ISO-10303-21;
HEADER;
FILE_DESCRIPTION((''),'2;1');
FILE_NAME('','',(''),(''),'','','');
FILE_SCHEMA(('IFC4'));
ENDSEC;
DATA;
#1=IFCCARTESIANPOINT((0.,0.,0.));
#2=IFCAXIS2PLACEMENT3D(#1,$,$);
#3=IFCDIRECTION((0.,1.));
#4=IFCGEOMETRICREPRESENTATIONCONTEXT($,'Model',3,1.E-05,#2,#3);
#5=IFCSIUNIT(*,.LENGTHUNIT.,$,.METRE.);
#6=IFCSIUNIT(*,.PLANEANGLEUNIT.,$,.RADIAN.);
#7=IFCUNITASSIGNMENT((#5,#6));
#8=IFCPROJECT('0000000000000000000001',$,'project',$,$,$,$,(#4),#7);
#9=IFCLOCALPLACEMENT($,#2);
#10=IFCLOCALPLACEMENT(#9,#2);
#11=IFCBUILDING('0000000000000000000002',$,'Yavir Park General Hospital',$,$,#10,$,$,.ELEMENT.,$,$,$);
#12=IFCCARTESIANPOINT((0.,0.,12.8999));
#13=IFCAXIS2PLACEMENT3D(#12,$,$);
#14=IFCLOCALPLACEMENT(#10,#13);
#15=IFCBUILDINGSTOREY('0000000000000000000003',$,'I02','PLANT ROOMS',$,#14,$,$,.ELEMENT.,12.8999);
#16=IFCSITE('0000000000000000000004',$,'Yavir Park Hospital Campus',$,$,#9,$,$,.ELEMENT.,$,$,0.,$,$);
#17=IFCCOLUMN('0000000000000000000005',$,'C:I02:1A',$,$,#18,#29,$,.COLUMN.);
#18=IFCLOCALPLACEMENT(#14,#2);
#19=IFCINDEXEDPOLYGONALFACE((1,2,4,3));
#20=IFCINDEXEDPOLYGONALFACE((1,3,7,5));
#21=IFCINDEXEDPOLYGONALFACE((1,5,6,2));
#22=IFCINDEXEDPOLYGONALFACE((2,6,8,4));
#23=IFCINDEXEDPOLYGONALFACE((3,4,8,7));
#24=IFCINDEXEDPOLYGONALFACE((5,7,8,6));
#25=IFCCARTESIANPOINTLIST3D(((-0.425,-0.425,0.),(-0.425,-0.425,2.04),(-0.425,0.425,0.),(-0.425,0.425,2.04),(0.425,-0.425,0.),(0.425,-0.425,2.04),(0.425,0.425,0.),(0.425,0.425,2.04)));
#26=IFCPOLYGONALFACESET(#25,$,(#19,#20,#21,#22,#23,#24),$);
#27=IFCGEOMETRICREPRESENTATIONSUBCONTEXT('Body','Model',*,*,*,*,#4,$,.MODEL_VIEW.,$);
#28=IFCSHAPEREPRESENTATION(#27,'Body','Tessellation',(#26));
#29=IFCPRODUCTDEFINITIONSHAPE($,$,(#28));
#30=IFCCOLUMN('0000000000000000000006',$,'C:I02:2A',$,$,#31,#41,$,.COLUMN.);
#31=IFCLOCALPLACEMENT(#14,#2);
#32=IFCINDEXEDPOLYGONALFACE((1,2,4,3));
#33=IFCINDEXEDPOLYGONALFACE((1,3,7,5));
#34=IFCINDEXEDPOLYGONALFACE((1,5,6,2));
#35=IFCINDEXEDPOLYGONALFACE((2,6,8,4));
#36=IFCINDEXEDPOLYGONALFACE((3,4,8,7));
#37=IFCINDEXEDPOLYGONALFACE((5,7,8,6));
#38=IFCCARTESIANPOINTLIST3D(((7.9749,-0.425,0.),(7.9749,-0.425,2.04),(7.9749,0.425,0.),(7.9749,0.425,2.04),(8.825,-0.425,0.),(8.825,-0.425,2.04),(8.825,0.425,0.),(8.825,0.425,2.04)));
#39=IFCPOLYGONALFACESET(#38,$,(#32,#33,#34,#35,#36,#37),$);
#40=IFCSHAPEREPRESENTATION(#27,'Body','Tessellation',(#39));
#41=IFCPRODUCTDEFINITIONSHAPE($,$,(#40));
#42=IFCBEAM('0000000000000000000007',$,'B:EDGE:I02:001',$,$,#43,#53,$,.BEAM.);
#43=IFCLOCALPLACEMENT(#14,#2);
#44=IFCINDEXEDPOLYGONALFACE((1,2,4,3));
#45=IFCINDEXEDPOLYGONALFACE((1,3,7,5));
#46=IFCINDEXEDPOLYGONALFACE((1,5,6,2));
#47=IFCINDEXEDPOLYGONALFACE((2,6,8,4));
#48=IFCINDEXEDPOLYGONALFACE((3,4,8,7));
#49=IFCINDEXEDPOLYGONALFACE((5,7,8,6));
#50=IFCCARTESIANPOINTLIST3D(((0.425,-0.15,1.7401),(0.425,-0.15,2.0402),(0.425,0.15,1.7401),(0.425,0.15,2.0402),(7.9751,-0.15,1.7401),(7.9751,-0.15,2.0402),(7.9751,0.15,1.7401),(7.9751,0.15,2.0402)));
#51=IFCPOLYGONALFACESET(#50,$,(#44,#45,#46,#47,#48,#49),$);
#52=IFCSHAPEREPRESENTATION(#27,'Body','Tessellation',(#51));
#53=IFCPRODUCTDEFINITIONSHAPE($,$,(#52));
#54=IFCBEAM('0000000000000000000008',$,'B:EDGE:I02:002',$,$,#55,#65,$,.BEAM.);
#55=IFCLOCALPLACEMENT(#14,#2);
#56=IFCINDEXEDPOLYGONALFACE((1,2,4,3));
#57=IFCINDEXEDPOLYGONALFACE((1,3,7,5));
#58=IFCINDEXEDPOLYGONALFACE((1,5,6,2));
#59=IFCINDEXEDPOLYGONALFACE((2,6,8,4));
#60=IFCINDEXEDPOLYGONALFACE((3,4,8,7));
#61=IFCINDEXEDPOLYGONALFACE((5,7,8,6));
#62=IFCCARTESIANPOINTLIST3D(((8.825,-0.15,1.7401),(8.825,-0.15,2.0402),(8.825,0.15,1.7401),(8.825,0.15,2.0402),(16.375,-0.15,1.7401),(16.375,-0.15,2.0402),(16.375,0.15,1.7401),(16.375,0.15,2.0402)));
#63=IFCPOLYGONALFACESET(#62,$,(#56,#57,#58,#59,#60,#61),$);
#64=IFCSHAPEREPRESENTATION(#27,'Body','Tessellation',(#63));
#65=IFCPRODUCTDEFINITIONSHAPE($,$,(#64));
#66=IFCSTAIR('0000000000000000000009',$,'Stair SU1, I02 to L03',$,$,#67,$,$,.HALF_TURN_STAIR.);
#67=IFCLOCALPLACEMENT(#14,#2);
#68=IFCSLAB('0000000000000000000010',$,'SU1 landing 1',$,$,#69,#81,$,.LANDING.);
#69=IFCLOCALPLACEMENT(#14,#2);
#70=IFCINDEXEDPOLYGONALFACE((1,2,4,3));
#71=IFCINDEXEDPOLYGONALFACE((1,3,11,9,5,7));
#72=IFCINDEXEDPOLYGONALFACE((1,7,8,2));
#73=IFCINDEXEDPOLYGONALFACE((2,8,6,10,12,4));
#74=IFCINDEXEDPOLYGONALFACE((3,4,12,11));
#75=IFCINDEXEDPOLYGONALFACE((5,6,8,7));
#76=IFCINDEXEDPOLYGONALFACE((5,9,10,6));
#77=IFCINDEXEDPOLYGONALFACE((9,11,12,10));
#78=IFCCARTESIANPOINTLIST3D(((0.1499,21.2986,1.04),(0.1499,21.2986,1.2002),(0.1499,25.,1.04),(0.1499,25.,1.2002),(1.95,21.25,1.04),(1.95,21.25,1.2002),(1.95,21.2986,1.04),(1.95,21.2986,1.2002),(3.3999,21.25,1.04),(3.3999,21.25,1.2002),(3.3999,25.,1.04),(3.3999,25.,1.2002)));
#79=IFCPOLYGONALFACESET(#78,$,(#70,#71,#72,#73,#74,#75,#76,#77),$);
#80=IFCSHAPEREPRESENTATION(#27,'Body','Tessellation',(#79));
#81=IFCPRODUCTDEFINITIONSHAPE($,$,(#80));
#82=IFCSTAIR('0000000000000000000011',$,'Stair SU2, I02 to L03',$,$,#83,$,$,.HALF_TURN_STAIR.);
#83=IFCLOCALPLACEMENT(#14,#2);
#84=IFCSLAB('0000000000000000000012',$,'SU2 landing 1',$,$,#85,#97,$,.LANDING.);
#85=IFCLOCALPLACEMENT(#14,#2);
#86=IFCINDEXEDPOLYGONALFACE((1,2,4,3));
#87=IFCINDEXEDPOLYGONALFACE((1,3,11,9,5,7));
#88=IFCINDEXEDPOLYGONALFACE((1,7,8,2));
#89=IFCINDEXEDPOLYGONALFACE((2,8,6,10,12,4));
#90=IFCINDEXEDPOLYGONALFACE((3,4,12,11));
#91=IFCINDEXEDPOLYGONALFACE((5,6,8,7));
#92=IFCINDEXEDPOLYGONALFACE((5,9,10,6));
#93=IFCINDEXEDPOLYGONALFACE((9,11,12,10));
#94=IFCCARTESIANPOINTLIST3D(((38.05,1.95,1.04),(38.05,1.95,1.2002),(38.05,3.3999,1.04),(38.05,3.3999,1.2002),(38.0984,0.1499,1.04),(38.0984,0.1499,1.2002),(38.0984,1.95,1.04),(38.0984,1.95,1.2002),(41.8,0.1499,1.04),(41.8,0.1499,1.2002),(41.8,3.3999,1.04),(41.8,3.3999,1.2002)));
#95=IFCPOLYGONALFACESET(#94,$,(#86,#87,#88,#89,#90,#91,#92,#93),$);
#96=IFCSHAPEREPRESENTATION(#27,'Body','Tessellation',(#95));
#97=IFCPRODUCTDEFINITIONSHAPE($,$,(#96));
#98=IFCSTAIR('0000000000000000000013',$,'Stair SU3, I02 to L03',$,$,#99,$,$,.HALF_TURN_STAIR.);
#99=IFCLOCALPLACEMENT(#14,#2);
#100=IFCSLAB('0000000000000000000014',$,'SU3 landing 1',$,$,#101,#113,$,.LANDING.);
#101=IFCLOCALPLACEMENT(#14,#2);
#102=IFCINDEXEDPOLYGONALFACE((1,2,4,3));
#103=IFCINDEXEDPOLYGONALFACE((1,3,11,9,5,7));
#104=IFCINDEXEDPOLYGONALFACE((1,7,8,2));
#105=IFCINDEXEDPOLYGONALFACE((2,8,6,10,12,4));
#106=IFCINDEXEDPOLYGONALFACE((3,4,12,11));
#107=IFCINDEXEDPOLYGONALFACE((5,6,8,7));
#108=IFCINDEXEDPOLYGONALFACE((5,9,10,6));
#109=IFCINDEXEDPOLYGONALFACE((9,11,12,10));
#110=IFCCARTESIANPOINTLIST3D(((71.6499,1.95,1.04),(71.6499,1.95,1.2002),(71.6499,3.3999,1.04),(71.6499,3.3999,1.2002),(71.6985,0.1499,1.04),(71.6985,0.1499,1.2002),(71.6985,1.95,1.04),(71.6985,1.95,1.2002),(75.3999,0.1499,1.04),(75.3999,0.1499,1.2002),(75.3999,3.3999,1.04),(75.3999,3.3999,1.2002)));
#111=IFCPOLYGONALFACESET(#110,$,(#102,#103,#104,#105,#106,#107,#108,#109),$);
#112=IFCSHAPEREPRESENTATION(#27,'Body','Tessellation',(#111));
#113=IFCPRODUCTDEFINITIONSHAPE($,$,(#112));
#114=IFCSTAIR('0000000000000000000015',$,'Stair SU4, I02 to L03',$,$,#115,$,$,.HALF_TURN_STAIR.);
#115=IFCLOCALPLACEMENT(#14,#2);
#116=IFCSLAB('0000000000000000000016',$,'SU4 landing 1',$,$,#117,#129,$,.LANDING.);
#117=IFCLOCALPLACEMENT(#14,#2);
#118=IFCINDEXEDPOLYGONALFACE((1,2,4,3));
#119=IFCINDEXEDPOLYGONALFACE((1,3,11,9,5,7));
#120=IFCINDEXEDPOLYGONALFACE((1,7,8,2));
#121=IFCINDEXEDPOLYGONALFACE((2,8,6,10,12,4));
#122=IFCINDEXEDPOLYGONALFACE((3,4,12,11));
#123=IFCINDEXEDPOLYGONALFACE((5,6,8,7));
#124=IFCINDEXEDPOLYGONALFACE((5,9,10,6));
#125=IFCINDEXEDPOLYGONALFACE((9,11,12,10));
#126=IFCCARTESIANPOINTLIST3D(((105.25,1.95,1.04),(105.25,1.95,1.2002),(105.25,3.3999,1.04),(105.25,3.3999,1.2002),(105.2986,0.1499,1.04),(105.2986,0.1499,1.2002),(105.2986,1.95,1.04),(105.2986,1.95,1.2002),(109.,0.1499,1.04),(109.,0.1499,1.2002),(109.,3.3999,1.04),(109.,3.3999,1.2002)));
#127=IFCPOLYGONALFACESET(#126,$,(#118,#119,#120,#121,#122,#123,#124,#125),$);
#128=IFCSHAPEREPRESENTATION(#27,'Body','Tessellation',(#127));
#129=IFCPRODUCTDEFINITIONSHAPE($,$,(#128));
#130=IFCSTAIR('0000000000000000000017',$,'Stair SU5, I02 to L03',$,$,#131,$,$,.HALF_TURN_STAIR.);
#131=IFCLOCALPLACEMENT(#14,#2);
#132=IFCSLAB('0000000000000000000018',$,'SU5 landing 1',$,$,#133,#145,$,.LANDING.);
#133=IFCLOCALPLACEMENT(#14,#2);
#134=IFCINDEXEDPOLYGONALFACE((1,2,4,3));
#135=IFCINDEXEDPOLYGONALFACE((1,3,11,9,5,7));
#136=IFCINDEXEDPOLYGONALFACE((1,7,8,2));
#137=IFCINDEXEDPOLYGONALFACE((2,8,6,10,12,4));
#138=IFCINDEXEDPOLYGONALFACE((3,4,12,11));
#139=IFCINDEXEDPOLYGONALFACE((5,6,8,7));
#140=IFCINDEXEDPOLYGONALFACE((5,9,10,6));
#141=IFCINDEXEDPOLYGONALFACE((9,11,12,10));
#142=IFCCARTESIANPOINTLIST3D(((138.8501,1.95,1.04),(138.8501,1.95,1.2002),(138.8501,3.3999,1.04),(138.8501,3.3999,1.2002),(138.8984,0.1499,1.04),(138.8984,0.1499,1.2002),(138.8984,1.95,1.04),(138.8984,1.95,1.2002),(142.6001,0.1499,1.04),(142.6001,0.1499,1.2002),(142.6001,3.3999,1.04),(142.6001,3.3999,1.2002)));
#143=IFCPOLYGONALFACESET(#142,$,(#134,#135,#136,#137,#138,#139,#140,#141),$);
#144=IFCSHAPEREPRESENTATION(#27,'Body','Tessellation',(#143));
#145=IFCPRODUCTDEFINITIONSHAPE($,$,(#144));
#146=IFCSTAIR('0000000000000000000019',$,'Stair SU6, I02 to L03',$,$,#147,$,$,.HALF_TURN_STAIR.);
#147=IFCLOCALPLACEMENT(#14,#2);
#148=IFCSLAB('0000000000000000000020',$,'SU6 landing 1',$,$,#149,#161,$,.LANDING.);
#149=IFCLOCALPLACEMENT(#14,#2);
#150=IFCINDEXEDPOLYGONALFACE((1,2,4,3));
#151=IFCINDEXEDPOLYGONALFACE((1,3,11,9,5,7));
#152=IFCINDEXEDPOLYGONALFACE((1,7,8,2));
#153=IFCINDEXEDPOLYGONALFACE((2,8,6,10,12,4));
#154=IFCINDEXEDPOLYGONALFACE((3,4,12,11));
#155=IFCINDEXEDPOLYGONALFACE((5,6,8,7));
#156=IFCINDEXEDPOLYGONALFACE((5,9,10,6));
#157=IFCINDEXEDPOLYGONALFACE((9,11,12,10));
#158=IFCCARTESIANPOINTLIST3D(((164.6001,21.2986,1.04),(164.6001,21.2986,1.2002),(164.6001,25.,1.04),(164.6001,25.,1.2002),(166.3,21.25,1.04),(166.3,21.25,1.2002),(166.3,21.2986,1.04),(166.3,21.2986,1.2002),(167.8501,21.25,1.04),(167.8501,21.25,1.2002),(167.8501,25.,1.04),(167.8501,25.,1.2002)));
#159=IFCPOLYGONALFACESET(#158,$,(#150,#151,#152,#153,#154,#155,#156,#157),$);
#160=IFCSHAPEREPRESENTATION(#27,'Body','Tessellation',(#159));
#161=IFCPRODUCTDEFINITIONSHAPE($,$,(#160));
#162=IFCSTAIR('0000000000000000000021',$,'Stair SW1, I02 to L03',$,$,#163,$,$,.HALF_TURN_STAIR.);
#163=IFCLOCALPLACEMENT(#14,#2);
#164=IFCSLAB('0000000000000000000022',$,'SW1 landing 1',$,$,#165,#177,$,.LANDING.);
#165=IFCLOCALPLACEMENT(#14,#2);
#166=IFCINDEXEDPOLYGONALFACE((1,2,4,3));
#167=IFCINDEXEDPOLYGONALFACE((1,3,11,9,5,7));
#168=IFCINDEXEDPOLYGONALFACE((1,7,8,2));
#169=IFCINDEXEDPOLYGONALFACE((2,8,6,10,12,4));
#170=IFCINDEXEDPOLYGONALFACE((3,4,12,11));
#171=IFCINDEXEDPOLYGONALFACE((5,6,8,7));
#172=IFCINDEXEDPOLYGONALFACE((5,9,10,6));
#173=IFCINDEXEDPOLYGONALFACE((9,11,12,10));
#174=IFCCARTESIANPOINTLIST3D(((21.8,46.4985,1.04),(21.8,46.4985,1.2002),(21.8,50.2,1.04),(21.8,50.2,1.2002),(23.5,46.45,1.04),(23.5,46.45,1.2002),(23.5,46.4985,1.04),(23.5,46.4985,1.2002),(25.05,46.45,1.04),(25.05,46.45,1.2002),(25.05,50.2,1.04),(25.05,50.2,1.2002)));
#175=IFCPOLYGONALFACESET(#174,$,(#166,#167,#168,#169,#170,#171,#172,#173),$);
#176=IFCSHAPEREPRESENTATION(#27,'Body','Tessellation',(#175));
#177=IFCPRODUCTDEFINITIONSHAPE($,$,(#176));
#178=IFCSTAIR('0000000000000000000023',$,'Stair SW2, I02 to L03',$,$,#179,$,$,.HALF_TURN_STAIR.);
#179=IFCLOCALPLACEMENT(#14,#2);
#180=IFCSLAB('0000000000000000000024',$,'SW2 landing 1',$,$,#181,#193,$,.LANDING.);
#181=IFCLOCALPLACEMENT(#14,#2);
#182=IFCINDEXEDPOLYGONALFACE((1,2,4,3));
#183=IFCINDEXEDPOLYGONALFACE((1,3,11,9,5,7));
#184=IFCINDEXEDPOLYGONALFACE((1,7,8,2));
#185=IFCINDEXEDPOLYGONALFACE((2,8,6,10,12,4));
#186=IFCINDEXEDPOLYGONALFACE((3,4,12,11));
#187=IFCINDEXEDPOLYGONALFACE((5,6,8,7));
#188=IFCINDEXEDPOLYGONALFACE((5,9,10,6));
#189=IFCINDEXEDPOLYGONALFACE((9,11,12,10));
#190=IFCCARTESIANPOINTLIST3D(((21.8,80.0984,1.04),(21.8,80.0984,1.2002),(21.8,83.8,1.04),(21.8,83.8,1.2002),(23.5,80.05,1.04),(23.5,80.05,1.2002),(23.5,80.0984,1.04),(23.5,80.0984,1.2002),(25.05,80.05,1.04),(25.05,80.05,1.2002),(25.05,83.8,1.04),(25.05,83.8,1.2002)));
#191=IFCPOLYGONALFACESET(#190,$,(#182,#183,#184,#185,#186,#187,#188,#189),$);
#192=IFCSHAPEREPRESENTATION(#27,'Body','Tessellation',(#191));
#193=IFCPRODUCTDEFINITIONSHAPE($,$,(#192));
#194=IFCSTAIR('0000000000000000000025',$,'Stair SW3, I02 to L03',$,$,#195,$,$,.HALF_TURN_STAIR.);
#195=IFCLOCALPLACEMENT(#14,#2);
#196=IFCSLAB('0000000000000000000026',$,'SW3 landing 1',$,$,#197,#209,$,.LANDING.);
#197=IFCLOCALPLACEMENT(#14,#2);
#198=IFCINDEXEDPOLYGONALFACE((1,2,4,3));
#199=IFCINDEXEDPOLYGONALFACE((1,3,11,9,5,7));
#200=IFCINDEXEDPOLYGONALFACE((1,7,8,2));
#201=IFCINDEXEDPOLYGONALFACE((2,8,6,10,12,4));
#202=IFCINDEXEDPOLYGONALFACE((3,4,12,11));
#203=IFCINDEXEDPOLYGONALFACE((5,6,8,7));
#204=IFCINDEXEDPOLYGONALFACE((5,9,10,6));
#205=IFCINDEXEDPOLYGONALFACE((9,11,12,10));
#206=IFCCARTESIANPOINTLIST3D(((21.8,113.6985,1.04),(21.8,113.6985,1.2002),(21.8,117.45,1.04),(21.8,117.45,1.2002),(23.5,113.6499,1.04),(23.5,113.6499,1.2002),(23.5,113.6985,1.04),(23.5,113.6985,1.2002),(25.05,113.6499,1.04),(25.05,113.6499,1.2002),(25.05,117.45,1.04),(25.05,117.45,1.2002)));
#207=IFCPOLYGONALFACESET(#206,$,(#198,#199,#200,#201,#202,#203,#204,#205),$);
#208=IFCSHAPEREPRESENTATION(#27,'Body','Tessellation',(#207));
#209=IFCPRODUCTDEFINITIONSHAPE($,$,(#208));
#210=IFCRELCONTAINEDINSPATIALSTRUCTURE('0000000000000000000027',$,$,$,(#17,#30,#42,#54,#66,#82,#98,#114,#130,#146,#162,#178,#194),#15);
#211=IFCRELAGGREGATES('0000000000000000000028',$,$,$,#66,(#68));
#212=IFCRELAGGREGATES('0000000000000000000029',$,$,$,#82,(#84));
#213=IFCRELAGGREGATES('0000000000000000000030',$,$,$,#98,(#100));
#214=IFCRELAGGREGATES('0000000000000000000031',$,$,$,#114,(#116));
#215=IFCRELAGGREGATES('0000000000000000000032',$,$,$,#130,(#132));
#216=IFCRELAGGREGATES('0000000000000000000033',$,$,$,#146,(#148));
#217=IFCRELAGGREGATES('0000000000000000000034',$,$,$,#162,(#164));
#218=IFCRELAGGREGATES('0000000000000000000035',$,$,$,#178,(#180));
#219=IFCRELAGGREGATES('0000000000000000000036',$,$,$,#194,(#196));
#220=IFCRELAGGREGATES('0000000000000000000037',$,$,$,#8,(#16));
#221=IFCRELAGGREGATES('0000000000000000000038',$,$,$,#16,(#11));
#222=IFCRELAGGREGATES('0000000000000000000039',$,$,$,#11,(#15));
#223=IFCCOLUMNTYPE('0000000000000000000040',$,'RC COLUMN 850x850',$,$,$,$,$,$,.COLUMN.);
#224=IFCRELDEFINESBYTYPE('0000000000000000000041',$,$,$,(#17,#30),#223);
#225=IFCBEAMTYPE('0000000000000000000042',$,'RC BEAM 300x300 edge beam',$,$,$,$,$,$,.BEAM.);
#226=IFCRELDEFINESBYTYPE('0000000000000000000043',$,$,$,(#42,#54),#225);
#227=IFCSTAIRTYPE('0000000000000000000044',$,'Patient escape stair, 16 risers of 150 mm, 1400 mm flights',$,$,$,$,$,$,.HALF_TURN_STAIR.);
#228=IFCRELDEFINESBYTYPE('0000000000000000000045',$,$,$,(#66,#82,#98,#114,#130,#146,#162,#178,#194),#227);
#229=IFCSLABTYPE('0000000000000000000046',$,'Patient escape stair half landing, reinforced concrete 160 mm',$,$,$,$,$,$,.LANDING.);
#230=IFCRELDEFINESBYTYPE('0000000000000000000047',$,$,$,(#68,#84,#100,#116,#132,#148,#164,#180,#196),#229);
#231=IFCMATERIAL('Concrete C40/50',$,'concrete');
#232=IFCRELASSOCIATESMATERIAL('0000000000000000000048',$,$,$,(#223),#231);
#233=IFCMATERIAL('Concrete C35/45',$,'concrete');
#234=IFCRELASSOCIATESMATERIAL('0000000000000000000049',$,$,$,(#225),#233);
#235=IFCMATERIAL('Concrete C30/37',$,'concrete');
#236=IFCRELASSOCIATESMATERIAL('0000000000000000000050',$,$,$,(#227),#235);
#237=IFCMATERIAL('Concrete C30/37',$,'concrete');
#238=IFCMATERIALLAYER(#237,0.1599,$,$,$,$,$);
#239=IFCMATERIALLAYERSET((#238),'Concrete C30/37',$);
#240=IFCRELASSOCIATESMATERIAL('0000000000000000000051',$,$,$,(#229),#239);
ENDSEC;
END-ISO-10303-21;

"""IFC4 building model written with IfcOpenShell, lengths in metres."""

from ifc_helpers import new_model, si_unit, direction, frame, origin, origin_2d, place, context, subcontext, project, spatial, polyline, rectangle, outline, extrude, material, layer, layer_set, material_profile, profile_set, type_object, element, aggregate, save


model = new_model("IFC4")

# Units and contexts
model_context = context("Model", 3, precision=1e-05, world=origin(), true_north=direction((0.0, 1.0)))
body_context = subcontext(model_context, "Body", "Model", "MODEL_VIEW")
ifc_project = project(units=[si_unit("LENGTHUNIT", "METRE"), si_unit("PLANEANGLEUNIT", "RADIAN")], contexts=[model_context])

# Site, building, storey
site_placement = place(None, origin())
site = spatial("IfcSite", under=ifc_project, at=site_placement, Name="Yavir Park Hospital Campus", CompositionType="ELEMENT", RefElevation=0.0)
building_placement = place(site_placement, origin())
building = spatial("IfcBuilding", under=site, at=building_placement, Name="Yavir Park General Hospital", CompositionType="ELEMENT")
storey_placement = place(building_placement, frame((0.0, 0.0, 12.8999)))
storey = spatial("IfcBuildingStorey", under=building, at=storey_placement, Name="I02", Description="PLANT ROOMS", CompositionType="ELEMENT", Elevation=12.8999)

# Columns
ifc_material_1 = material(Name="Concrete C40/50", Category="concrete")
ifc_material_profile_1 = material_profile(ifc_material_1, rectangle(XDim=0.8501, YDim=0.8501, at=origin_2d()), Name="RC850x850")
ifc_profile_set_1 = profile_set([ifc_material_profile_1], Name="Concrete C40/50")
column_type = type_object("IfcColumnType", Name="RC COLUMN 850x850", PredefinedType="COLUMN", material=ifc_profile_set_1)
for number, where, z_axis, x_axis, name in (
    (1, (0.0, 0.0, 0.0), (0.0, 0.0, 1.0), (1.0, 0.0, 0.0), "C:I02:1A"),
    (2, (8.3999, 0.0, 0.0), (0.0, 0.0, 1.0), (1.0, 0.0, 0.0), "C:I02:2A"),
):
    element("IfcColumn", number, at=place(storey_placement, frame(where, z_axis=z_axis, x_axis=x_axis)), inside=storey, type_object=column_type, Name=name, PredefinedType="COLUMN", context=body_context, shape_type="SweptSolid", body=[
        extrude(rectangle(XDim=0.8501, YDim=0.8501, at=origin_2d()), origin(), (0.0, 0.0, 1.0), 2.04),
    ])

# Beams
ifc_material_2 = material(Name="Concrete C35/45", Category="concrete")
ifc_material_profile_2 = material_profile(ifc_material_2, rectangle(XDim=0.3, YDim=0.3, at=origin_2d()), Name="RC300x300")
ifc_profile_set_2 = profile_set([ifc_material_profile_2], Name="Concrete C35/45")
beam_type = type_object("IfcBeamType", Name="RC BEAM 300x300 edge beam", PredefinedType="BEAM", material=ifc_profile_set_2)
for number, where, z_axis, x_axis, name in (
    (3, (0.425, 0.0, 1.8901), (1.0, 0.0, 0.0), (0.0, 1.0, 0.0), "B:EDGE:I02:001"),
    (4, (8.825, 0.0, 1.8901), (1.0, 0.0, 0.0), (0.0, 1.0, 0.0), "B:EDGE:I02:002"),
):
    element("IfcBeam", number, at=place(storey_placement, frame(where, z_axis=z_axis, x_axis=x_axis)), inside=storey, type_object=beam_type, Name=name, PredefinedType="BEAM", context=body_context, shape_type="SweptSolid", body=[
        extrude(rectangle(XDim=0.3, YDim=0.3, at=origin_2d()), origin(), (0.0, 0.0, 1.0), 7.55),
    ])

# Stairs, slabs
ifc_material_3 = material(Name="Concrete C30/37", Category="concrete")
stair_type = type_object("IfcStairType", Name="Patient escape stair, 16 risers of 150 mm, 1400 mm flights", PredefinedType="HALF_TURN_STAIR", material=ifc_material_3)
stair_1_placement = place(storey_placement, origin())
stair_1 = element("IfcStair", 5, at=stair_1_placement, inside=storey, type_object=stair_type, Name="Stair SU1, I02 to L03", PredefinedType="HALF_TURN_STAIR")
ifc_material_4 = material(Name="Concrete C30/37", Category="concrete")
ifc_layer_1 = layer(ifc_material_4, 0.1599)
ifc_layer_set_1 = layer_set([ifc_layer_1], Name="Concrete C30/37")
slab_type_1 = type_object("IfcSlabType", Name="Patient escape stair half landing, reinforced concrete 160 mm", PredefinedType="LANDING", material=ifc_layer_set_1)
slab_1_placement = place(storey_placement, frame((0.0, 0.0, 1.04)))
slab_1 = element("IfcSlab", 6, at=slab_1_placement, type_object=slab_type_1, Name="SU1 landing 1", PredefinedType="LANDING", context=body_context, shape_type="SweptSolid", body=[
    extrude(outline(polyline([(0.1499, 21.2986), (0.1499, 25.0), (3.3999, 25.0), (3.3999, 21.25), (1.95, 21.25), (1.95, 21.2986), (0.1499, 21.2986)])), origin(), (0.0, 0.0, 1.0), 0.1602),
])
aggregate(stair_1, [slab_1])
stair_2_placement = place(storey_placement, origin())
stair_2 = element("IfcStair", 7, at=stair_2_placement, inside=storey, type_object=stair_type, Name="Stair SU2, I02 to L03", PredefinedType="HALF_TURN_STAIR")
slab_2_placement = place(storey_placement, frame((0.0, 0.0, 1.04)))
slab_2 = element("IfcSlab", 8, at=slab_2_placement, type_object=slab_type_1, Name="SU2 landing 1", PredefinedType="LANDING", context=body_context, shape_type="SweptSolid", body=[
    extrude(outline(polyline([(38.0984, 0.1499), (41.8, 0.1499), (41.8, 3.3999), (38.05, 3.3999), (38.05, 1.95), (38.0984, 1.95), (38.0984, 0.1499)])), origin(), (0.0, 0.0, 1.0), 0.1602),
])
aggregate(stair_2, [slab_2])
stair_3_placement = place(storey_placement, origin())
stair_3 = element("IfcStair", 9, at=stair_3_placement, inside=storey, type_object=stair_type, Name="Stair SU3, I02 to L03", PredefinedType="HALF_TURN_STAIR")
slab_3_placement = place(storey_placement, frame((0.0, 0.0, 1.04)))
slab_3 = element("IfcSlab", 10, at=slab_3_placement, type_object=slab_type_1, Name="SU3 landing 1", PredefinedType="LANDING", context=body_context, shape_type="SweptSolid", body=[
    extrude(outline(polyline([(71.6985, 0.1499), (75.3999, 0.1499), (75.3999, 3.3999), (71.6499, 3.3999), (71.6499, 1.95), (71.6985, 1.95), (71.6985, 0.1499)])), origin(), (0.0, 0.0, 1.0), 0.1602),
])
aggregate(stair_3, [slab_3])
stair_4_placement = place(storey_placement, origin())
stair_4 = element("IfcStair", 11, at=stair_4_placement, inside=storey, type_object=stair_type, Name="Stair SU4, I02 to L03", PredefinedType="HALF_TURN_STAIR")
slab_4_placement = place(storey_placement, frame((0.0, 0.0, 1.04)))
slab_4 = element("IfcSlab", 12, at=slab_4_placement, type_object=slab_type_1, Name="SU4 landing 1", PredefinedType="LANDING", context=body_context, shape_type="SweptSolid", body=[
    extrude(outline(polyline([(105.2986, 0.1499), (109.0, 0.1499), (109.0, 3.3999), (105.25, 3.3999), (105.25, 1.95), (105.2986, 1.95), (105.2986, 0.1499)])), origin(), (0.0, 0.0, 1.0), 0.1602),
])
aggregate(stair_4, [slab_4])
stair_5_placement = place(storey_placement, origin())
stair_5 = element("IfcStair", 13, at=stair_5_placement, inside=storey, type_object=stair_type, Name="Stair SU5, I02 to L03", PredefinedType="HALF_TURN_STAIR")
slab_5_placement = place(storey_placement, frame((0.0, 0.0, 1.04)))
slab_5 = element("IfcSlab", 14, at=slab_5_placement, type_object=slab_type_1, Name="SU5 landing 1", PredefinedType="LANDING", context=body_context, shape_type="SweptSolid", body=[
    extrude(outline(polyline([(138.8984, 0.1499), (142.6001, 0.1499), (142.6001, 3.3999), (138.8501, 3.3999), (138.8501, 1.95), (138.8984, 1.95), (138.8984, 0.1499)])), origin(), (0.0, 0.0, 1.0), 0.1602),
])
aggregate(stair_5, [slab_5])
stair_6_placement = place(storey_placement, origin())
stair_6 = element("IfcStair", 15, at=stair_6_placement, inside=storey, type_object=stair_type, Name="Stair SU6, I02 to L03", PredefinedType="HALF_TURN_STAIR")
slab_6_placement = place(storey_placement, frame((0.0, 0.0, 1.04)))
slab_6 = element("IfcSlab", 16, at=slab_6_placement, type_object=slab_type_1, Name="SU6 landing 1", PredefinedType="LANDING", context=body_context, shape_type="SweptSolid", body=[
    extrude(outline(polyline([(164.6001, 21.2986), (164.6001, 25.0), (167.8501, 25.0), (167.8501, 21.25), (166.3, 21.25), (166.3, 21.2986), (164.6001, 21.2986)])), origin(), (0.0, 0.0, 1.0), 0.1602),
])
aggregate(stair_6, [slab_6])
stair_7_placement = place(storey_placement, origin())
stair_7 = element("IfcStair", 17, at=stair_7_placement, inside=storey, type_object=stair_type, Name="Stair SW1, I02 to L03", PredefinedType="HALF_TURN_STAIR")
slab_7_placement = place(storey_placement, frame((0.0, 0.0, 1.04)))
slab_7 = element("IfcSlab", 18, at=slab_7_placement, type_object=slab_type_1, Name="SW1 landing 1", PredefinedType="LANDING", context=body_context, shape_type="SweptSolid", body=[
    extrude(outline(polyline([(21.8, 46.4985), (21.8, 50.2), (25.05, 50.2), (25.05, 46.45), (23.5, 46.45), (23.5, 46.4985), (21.8, 46.4985)])), origin(), (0.0, 0.0, 1.0), 0.1602),
])
aggregate(stair_7, [slab_7])
stair_8_placement = place(storey_placement, origin())
stair_8 = element("IfcStair", 19, at=stair_8_placement, inside=storey, type_object=stair_type, Name="Stair SW2, I02 to L03", PredefinedType="HALF_TURN_STAIR")
slab_8_placement = place(storey_placement, frame((0.0, 0.0, 1.04)))
slab_8 = element("IfcSlab", 20, at=slab_8_placement, type_object=slab_type_1, Name="SW2 landing 1", PredefinedType="LANDING", context=body_context, shape_type="SweptSolid", body=[
    extrude(outline(polyline([(21.8, 80.0984), (21.8, 83.8), (25.05, 83.8), (25.05, 80.05), (23.5, 80.05), (23.5, 80.0984), (21.8, 80.0984)])), origin(), (0.0, 0.0, 1.0), 0.1602),
])
aggregate(stair_8, [slab_8])
stair_9_placement = place(storey_placement, origin())
stair_9 = element("IfcStair", 21, at=stair_9_placement, inside=storey, type_object=stair_type, Name="Stair SW3, I02 to L03", PredefinedType="HALF_TURN_STAIR")
slab_9_placement = place(storey_placement, frame((0.0, 0.0, 1.04)))
slab_9 = element("IfcSlab", 22, at=slab_9_placement, type_object=slab_type_1, Name="SW3 landing 1", PredefinedType="LANDING", context=body_context, shape_type="SweptSolid", body=[
    extrude(outline(polyline([(21.8, 113.6985), (21.8, 117.45), (25.05, 117.45), (25.05, 113.6499), (23.5, 113.6499), (23.5, 113.6985), (21.8, 113.6985)])), origin(), (0.0, 0.0, 1.0), 0.1602),
])
aggregate(stair_9, [slab_9])

save(model, "model.ifc")
